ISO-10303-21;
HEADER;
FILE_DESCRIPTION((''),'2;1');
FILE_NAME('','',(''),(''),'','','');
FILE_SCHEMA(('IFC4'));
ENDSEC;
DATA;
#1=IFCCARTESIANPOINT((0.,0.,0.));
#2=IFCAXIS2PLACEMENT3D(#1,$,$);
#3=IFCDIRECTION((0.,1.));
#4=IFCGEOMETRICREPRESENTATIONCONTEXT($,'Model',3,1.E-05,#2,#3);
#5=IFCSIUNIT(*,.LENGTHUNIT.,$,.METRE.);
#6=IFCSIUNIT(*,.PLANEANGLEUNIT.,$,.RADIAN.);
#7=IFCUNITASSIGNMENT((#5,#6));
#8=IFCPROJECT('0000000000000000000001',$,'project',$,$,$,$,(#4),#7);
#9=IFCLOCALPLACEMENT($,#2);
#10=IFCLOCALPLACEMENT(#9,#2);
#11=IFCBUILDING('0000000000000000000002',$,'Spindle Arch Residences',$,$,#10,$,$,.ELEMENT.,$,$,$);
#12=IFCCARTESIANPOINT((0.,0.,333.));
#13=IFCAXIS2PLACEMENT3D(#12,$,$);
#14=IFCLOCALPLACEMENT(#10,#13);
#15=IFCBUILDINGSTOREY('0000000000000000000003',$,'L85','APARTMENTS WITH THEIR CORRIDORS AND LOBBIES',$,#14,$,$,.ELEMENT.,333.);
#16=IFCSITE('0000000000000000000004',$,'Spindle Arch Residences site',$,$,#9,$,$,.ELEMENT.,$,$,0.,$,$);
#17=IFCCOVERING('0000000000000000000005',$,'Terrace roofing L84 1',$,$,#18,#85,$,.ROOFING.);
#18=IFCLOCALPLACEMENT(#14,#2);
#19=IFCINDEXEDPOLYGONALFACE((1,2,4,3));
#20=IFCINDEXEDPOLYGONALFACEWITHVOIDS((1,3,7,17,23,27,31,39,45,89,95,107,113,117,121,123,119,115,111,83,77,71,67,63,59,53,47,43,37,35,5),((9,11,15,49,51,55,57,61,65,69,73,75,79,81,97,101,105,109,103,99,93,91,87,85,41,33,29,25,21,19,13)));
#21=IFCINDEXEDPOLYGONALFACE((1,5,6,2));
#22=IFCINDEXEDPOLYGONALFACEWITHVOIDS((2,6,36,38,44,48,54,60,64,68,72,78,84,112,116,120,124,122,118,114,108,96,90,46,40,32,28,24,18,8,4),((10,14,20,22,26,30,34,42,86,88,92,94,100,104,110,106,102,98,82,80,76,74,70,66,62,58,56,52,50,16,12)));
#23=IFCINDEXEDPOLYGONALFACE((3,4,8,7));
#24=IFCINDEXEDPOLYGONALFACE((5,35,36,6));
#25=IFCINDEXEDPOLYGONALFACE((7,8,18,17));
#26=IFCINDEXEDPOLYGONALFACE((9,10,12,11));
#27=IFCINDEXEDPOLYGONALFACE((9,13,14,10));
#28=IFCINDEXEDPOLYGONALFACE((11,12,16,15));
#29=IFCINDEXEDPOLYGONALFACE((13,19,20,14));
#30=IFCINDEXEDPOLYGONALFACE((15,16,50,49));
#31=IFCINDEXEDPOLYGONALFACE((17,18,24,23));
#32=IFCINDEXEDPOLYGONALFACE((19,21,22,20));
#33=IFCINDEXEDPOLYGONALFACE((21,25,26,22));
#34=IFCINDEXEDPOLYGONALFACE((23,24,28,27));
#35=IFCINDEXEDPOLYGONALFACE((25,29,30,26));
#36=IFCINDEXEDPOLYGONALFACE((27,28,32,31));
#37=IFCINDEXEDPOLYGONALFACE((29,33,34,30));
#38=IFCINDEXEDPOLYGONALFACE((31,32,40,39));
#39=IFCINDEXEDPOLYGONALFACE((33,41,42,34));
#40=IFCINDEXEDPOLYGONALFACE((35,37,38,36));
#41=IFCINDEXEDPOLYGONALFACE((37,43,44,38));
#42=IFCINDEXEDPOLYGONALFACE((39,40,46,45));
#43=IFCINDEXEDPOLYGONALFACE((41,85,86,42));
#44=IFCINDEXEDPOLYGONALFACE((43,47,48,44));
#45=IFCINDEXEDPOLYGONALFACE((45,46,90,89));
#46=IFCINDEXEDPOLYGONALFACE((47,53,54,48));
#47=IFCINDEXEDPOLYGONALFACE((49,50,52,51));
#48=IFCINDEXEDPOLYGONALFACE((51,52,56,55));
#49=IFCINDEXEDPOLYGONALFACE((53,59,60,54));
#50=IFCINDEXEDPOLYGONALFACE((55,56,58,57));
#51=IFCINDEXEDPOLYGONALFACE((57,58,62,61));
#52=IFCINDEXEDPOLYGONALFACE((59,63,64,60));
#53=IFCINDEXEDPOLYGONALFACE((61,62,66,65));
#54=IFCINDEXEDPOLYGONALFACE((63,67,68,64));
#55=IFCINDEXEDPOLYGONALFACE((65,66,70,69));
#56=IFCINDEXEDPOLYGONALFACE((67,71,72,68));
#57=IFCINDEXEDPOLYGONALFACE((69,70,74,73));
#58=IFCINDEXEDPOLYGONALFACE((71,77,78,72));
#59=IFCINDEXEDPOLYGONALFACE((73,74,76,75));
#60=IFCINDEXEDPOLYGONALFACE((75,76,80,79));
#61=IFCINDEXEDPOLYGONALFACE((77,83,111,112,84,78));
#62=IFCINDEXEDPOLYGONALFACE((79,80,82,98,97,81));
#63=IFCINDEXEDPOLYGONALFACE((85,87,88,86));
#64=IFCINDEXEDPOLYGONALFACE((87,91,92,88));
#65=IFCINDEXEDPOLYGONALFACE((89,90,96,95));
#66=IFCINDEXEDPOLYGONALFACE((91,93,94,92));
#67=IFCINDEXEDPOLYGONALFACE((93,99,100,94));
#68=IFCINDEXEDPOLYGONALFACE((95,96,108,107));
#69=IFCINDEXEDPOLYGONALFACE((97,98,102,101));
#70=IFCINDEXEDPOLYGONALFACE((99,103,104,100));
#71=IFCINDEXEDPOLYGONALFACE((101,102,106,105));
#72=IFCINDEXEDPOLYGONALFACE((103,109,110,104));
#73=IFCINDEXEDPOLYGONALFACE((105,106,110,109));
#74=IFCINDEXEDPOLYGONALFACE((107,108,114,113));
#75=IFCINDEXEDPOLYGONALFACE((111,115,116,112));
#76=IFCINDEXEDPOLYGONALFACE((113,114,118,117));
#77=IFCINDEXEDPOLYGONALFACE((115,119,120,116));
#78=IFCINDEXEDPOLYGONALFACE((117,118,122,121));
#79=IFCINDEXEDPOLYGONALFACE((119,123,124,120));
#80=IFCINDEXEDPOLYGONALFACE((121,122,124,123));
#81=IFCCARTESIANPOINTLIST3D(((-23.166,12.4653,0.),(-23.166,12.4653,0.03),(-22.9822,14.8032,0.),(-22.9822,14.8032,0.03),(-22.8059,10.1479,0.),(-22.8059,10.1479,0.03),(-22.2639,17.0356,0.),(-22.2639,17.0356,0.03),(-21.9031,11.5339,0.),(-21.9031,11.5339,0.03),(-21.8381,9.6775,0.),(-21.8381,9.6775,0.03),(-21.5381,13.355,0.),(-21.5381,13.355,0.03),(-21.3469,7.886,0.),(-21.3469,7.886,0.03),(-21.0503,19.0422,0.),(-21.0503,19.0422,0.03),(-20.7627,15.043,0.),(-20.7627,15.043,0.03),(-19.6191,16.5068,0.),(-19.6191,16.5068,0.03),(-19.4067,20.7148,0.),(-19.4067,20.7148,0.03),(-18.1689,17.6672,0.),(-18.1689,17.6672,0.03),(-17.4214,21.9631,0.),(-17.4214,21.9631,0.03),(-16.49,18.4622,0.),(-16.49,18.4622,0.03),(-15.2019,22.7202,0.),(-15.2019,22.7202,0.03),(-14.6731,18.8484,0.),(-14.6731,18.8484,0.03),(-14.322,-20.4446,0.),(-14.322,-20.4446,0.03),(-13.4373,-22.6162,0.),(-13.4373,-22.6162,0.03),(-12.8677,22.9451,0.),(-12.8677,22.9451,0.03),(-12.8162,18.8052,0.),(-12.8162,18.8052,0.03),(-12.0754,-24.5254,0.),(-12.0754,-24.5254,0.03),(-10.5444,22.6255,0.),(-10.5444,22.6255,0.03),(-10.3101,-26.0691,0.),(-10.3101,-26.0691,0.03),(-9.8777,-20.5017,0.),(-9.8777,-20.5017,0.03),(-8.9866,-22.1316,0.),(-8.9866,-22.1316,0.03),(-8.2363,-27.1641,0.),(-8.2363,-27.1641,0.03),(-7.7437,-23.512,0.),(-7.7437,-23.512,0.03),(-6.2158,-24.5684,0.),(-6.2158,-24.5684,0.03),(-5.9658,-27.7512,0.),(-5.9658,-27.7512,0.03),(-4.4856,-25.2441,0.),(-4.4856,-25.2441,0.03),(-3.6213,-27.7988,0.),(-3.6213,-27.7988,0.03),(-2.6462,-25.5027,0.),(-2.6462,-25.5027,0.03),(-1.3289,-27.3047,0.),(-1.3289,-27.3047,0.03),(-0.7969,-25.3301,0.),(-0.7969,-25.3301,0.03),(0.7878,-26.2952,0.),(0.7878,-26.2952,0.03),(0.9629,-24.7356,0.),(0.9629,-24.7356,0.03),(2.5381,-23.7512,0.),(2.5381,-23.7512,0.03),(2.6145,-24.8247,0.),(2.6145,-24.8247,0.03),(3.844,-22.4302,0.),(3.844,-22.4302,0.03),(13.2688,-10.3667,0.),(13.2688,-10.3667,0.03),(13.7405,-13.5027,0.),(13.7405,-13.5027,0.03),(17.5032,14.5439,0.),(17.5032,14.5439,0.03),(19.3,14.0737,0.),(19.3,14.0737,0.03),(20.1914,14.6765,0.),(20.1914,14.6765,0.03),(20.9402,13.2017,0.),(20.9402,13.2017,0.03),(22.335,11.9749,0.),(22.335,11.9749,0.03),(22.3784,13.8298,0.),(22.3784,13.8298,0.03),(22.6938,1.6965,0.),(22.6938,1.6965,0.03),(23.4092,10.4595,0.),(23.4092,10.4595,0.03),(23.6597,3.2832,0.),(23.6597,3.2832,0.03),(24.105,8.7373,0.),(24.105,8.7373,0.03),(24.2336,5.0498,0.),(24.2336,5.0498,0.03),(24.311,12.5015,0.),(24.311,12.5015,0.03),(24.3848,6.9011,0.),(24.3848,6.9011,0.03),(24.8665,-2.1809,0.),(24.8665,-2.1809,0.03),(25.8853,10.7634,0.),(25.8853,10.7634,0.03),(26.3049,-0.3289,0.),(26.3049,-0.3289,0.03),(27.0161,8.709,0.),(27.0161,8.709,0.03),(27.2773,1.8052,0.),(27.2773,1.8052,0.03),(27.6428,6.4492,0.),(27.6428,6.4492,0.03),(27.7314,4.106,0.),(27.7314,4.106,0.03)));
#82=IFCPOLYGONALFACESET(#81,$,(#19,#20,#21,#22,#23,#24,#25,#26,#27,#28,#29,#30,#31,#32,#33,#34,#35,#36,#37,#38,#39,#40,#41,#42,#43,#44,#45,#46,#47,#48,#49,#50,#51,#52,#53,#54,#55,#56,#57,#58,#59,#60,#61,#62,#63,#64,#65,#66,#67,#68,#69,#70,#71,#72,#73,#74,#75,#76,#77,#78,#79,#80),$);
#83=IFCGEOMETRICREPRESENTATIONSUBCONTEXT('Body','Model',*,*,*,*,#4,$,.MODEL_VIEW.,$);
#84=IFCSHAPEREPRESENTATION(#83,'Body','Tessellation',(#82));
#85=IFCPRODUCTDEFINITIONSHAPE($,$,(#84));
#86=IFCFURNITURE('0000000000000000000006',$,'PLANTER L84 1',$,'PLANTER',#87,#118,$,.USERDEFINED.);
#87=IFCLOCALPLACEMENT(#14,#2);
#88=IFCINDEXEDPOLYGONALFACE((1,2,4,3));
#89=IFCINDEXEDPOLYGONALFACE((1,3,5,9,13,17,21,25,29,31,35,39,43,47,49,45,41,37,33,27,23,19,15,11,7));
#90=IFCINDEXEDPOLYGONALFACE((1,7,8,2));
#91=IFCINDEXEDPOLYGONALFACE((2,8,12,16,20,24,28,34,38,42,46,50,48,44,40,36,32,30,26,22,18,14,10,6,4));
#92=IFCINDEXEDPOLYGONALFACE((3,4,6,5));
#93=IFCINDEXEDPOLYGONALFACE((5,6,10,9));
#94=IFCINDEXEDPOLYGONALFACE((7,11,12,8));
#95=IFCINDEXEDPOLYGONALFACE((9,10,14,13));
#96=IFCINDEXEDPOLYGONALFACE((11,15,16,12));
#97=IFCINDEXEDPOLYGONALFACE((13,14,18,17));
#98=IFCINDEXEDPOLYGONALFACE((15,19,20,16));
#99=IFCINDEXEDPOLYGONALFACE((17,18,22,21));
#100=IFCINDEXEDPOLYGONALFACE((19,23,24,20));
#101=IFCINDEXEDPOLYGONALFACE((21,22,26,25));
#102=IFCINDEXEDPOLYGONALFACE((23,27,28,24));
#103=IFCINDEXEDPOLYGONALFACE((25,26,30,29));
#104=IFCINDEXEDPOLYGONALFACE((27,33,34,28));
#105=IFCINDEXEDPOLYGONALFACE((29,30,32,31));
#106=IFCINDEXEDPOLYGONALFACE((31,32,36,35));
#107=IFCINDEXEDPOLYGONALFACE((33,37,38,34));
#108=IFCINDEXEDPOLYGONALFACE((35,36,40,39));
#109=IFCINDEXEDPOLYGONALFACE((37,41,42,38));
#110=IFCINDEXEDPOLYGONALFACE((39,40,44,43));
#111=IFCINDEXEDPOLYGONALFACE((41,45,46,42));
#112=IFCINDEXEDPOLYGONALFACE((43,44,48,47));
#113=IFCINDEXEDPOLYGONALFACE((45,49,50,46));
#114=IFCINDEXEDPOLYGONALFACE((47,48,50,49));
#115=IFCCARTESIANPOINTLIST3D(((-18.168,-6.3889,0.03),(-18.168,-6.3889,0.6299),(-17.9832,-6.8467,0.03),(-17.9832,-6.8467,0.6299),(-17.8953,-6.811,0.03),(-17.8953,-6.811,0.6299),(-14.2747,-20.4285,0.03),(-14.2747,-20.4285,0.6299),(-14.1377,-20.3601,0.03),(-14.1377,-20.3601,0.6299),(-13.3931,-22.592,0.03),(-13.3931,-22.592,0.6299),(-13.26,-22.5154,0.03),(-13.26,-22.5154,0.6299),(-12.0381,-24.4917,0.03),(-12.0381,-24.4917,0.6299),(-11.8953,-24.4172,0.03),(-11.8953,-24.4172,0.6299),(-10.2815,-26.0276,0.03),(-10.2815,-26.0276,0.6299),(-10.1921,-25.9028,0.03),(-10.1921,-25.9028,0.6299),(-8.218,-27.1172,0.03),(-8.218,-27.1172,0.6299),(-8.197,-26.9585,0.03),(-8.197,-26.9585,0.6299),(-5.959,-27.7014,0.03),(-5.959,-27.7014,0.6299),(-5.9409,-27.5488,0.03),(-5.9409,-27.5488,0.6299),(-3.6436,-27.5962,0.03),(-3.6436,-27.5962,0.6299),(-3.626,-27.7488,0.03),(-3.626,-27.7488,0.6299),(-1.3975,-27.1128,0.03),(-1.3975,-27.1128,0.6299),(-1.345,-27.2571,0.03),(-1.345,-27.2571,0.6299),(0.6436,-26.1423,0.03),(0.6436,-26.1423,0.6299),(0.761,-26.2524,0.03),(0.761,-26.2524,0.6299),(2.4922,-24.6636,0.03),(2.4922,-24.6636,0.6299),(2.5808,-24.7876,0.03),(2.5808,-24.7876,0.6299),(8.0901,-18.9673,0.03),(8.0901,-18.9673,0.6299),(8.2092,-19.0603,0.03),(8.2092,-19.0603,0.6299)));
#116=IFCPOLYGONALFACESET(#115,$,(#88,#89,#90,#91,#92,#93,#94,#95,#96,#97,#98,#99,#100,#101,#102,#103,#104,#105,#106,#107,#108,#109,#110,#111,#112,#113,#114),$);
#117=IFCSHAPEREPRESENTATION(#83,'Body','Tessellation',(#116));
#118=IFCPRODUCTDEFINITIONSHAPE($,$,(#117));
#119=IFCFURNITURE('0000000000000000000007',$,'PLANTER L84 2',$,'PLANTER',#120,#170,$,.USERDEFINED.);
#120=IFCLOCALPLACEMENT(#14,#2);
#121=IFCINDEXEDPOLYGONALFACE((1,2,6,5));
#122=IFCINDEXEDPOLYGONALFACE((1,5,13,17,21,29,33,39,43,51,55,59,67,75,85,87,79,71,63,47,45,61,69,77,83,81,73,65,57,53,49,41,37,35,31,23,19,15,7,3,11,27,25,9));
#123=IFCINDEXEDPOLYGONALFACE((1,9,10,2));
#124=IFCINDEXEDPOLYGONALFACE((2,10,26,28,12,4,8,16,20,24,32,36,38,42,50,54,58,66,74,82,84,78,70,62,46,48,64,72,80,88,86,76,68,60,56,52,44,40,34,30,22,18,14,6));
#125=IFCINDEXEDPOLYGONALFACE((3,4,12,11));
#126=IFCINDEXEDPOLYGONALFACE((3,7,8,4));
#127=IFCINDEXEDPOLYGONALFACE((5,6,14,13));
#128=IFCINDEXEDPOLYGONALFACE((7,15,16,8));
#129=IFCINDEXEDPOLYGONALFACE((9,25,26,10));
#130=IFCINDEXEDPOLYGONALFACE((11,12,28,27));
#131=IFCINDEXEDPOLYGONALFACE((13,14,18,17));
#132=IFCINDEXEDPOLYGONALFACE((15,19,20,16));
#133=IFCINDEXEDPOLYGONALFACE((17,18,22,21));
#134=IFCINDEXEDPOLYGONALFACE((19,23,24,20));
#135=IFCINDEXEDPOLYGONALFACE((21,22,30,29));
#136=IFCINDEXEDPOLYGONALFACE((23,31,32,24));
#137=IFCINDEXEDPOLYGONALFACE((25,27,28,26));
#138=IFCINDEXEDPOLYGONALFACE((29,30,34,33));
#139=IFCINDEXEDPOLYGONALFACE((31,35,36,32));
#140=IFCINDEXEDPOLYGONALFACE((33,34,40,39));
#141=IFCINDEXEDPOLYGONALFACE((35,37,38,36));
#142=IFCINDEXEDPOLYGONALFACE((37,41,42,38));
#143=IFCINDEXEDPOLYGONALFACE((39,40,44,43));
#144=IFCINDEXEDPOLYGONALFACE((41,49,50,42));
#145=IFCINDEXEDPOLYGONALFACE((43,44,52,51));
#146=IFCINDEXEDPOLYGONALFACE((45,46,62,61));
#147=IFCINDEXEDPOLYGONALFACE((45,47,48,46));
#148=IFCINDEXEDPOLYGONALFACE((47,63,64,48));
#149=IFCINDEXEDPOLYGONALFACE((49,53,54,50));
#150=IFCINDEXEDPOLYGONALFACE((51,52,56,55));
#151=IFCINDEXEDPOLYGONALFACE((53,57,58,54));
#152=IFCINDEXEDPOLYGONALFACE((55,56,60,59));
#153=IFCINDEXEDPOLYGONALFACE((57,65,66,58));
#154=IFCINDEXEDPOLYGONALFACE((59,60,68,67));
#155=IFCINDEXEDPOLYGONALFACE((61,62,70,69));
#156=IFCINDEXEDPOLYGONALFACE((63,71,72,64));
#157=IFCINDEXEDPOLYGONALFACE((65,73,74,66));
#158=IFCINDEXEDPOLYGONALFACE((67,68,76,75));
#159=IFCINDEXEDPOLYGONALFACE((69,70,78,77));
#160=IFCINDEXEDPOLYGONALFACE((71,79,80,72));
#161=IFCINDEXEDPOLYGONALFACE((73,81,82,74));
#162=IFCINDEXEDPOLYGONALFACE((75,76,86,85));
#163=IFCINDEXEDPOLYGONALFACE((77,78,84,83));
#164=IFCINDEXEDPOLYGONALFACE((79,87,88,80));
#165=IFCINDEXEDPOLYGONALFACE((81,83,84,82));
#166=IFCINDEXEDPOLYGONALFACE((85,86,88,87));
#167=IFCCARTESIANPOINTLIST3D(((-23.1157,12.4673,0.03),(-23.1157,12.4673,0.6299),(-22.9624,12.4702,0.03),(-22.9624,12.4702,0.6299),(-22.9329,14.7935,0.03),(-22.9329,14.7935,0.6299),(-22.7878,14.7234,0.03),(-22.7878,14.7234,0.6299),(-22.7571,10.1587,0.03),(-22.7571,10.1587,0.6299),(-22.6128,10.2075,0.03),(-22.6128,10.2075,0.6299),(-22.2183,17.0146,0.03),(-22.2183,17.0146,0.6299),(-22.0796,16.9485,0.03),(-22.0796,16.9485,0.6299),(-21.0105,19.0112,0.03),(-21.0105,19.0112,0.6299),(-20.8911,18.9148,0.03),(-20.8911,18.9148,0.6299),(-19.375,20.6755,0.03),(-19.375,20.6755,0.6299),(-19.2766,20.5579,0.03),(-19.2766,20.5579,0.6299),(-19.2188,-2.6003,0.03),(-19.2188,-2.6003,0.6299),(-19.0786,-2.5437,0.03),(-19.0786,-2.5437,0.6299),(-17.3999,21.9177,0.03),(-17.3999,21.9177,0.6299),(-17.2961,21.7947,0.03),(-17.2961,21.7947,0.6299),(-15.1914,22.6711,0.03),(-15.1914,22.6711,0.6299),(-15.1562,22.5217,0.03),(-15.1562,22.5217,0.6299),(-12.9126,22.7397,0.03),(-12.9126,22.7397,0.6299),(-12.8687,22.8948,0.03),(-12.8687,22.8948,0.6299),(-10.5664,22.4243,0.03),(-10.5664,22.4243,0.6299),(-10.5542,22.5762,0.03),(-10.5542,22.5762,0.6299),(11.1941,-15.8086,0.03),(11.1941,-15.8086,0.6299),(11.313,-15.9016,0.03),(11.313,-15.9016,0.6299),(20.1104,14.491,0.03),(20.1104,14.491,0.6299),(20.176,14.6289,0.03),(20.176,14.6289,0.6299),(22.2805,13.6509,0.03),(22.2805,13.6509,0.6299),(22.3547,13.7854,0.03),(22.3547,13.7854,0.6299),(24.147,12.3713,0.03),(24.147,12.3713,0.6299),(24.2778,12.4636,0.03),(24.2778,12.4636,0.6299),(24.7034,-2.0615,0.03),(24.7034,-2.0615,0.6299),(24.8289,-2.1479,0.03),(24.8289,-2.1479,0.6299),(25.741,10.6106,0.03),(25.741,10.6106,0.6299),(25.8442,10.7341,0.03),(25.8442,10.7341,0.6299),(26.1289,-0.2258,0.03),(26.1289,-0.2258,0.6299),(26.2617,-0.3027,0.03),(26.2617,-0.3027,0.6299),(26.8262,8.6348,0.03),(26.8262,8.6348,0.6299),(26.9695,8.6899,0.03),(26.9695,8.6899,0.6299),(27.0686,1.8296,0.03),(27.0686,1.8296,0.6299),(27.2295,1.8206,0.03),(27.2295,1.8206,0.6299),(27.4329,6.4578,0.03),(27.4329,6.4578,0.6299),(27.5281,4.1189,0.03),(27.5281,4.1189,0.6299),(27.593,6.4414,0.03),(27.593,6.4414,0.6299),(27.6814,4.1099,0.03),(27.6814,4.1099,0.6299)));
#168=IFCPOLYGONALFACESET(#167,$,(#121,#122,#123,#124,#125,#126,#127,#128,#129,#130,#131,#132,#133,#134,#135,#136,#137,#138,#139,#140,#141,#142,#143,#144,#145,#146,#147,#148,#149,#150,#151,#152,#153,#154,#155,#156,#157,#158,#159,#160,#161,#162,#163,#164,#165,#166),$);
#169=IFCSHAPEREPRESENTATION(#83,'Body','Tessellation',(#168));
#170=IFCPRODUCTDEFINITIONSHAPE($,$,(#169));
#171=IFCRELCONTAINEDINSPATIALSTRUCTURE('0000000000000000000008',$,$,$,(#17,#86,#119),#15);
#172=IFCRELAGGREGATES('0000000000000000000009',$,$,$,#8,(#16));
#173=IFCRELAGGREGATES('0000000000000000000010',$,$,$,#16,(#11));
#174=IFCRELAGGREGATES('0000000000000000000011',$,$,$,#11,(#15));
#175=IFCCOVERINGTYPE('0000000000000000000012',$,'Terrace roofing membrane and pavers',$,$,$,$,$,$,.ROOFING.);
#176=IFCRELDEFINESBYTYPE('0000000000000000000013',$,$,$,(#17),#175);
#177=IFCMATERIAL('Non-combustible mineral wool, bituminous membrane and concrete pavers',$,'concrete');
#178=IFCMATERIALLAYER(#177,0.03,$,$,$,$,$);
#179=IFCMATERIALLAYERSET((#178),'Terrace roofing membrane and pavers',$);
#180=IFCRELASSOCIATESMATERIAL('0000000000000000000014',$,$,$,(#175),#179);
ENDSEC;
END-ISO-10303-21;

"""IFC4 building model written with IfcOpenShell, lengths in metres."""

from ifc_helpers import new_model, si_unit, direction, frame, origin, place, context, subcontext, project, spatial, polyline, outline, extrude, material, layer, layer_set, type_object, element, save


model = new_model("IFC4")

# Units and contexts
model_context = context("Model", 3, precision=1e-05, world=origin(), true_north=direction((0.0, 1.0)))
body_context = subcontext(model_context, "Body", "Model", "MODEL_VIEW")
ifc_project = project(units=[si_unit("LENGTHUNIT", "METRE"), si_unit("PLANEANGLEUNIT", "RADIAN")], contexts=[model_context])

# Site, building, storey
site_placement = place(None, origin())
site = spatial("IfcSite", under=ifc_project, at=site_placement, Name="Spindle Arch Residences site", CompositionType="ELEMENT", RefElevation=0.0)
building_placement = place(site_placement, origin())
building = spatial("IfcBuilding", under=site, at=building_placement, Name="Spindle Arch Residences", CompositionType="ELEMENT")
storey_placement = place(building_placement, frame((0.0, 0.0, 333.0)))
storey = spatial("IfcBuildingStorey", under=building, at=storey_placement, Name="L85", Description="APARTMENTS WITH THEIR CORRIDORS AND LOBBIES", CompositionType="ELEMENT", Elevation=333.0)

# Covering
ifc_material_1 = material(Name="Non-combustible mineral wool, bituminous membrane and concrete pavers", Category="concrete")
ifc_layer_1 = layer(ifc_material_1, 0.03)
ifc_layer_set_1 = layer_set([ifc_layer_1], Name="Terrace roofing membrane and pavers")
covering_type = type_object("IfcCoveringType", Name="Terrace roofing membrane and pavers", PredefinedType="ROOFING", material=ifc_layer_set_1)
covering_placement = place(storey_placement, origin())
element("IfcCovering", 1, at=covering_placement, inside=storey, type_object=covering_type, Name="Terrace roofing L84 1", PredefinedType="ROOFING", context=body_context, shape_type="SweptSolid", body=[
    extrude(outline(polyline([(2.6145, -24.8247), (0.7878, -26.2952), (-1.3289, -27.3047), (-3.6213, -27.7988), (-5.9658, -27.7512), (-8.2363, -27.1641), (-10.3101, -26.0691), (-12.0754, -24.5254), (-13.4373, -22.6162), (-14.322, -20.4446), (-22.8059, 10.1479), (-23.166, 12.4653), (-22.9822, 14.8032), (-22.2639, 17.0356), (-21.0503, 19.0422), (-19.4067, 20.7148), (-17.4214, 21.9631), (-15.2019, 22.7202), (-12.8677, 22.9451), (-10.5444, 22.6255), (20.1914, 14.6765), (22.3784, 13.8298), (24.311, 12.5015), (25.8853, 10.7634), (27.0161, 8.709), (27.6428, 6.4492), (27.7314, 4.106), (27.2773, 1.8052), (26.3049, -0.3289), (24.8665, -2.1809), (13.7405, -13.5027), (2.6145, -24.8247)]), holes=[polyline([(22.6938, 1.6965), (23.6597, 3.2832), (24.2336, 5.0498), (24.3848, 6.9011), (24.105, 8.7373), (23.4092, 10.4595), (22.335, 11.9749), (20.9402, 13.2017), (19.3, 14.0737), (17.5032, 14.5439), (-12.8162, 18.8052), (-14.6731, 18.8484), (-16.49, 18.4622), (-18.1689, 17.6672), (-19.6191, 16.5068), (-20.7627, 15.043), (-21.5381, 13.355), (-21.9031, 11.5339), (-21.8381, 9.6775), (-21.3469, 7.886), (-9.8777, -20.5017), (-8.9866, -22.1316), (-7.7437, -23.512), (-6.2158, -24.5684), (-4.4856, -25.2441), (-2.6462, -25.5027), (-0.7969, -25.3301), (0.9629, -24.7356), (2.5381, -23.7512), (3.844, -22.4302), (13.2688, -10.3667), (22.6938, 1.6965)])]), origin(), (0.0, 0.0, 1.0), 0.03),
])

# Furniture
furniture_1_placement = place(storey_placement, frame((0.0, 0.0, 0.03)))
element("IfcFurniture", 2, at=furniture_1_placement, inside=storey, Name="PLANTER L84 1", ObjectType="PLANTER", PredefinedType="USERDEFINED", context=body_context, shape_type="SweptSolid", body=[
    extrude(outline(polyline([(-1.345, -27.2571), (-3.626, -27.7488), (-5.959, -27.7014), (-8.218, -27.1172), (-10.2815, -26.0276), (-12.0381, -24.4917), (-13.3931, -22.592), (-14.2747, -20.4285), (-18.168, -6.3889), (-17.9832, -6.8467), (-17.8953, -6.811), (-14.1377, -20.3601), (-13.26, -22.5154), (-11.8953, -24.4172), (-10.1921, -25.9028), (-8.197, -26.9585), (-5.9409, -27.5488), (-3.6436, -27.5962), (-1.3975, -27.1128), (0.6436, -26.1423), (2.4922, -24.6636), (8.0901, -18.9673), (8.2092, -19.0603), (2.5808, -24.7876), (0.761, -26.2524), (-1.345, -27.2571)])), origin(), (0.0, 0.0, 1.0), 0.5999),
])
furniture_2_placement = place(storey_placement, frame((0.0, 0.0, 0.03)))
element("IfcFurniture", 3, at=furniture_2_placement, inside=storey, Name="PLANTER L84 2", ObjectType="PLANTER", PredefinedType="USERDEFINED", context=body_context, shape_type="SweptSolid", body=[
    extrude(outline(polyline([(-22.7571, 10.1587), (-23.1157, 12.4673), (-22.9329, 14.7935), (-22.2183, 17.0146), (-21.0105, 19.0112), (-19.375, 20.6755), (-17.3999, 21.9177), (-15.1914, 22.6711), (-12.8687, 22.8948), (-10.5542, 22.5762), (20.176, 14.6289), (22.3547, 13.7854), (24.2778, 12.4636), (25.8442, 10.7341), (26.9695, 8.6899), (27.593, 6.4414), (27.6814, 4.1099), (27.2295, 1.8206), (26.2617, -0.3027), (24.8289, -2.1479), (11.313, -15.9016), (11.1941, -15.8086), (24.7034, -2.0615), (26.1289, -0.2258), (27.0686, 1.8296), (27.5281, 4.1189), (27.4329, 6.4578), (26.8262, 8.6348), (25.741, 10.6106), (24.147, 12.3713), (22.2805, 13.6509), (20.1104, 14.491), (-10.5664, 22.4243), (-12.9126, 22.7397), (-15.1562, 22.5217), (-17.2961, 21.7947), (-19.2766, 20.5579), (-20.8911, 18.9148), (-22.0796, 16.9485), (-22.7878, 14.7234), (-22.9624, 12.4702), (-22.6128, 10.2075), (-19.0786, -2.5437), (-19.2188, -2.6003), (-22.7571, 10.1587)])), origin(), (0.0, 0.0, 1.0), 0.5999),
])

save(model, "model.ifc")
